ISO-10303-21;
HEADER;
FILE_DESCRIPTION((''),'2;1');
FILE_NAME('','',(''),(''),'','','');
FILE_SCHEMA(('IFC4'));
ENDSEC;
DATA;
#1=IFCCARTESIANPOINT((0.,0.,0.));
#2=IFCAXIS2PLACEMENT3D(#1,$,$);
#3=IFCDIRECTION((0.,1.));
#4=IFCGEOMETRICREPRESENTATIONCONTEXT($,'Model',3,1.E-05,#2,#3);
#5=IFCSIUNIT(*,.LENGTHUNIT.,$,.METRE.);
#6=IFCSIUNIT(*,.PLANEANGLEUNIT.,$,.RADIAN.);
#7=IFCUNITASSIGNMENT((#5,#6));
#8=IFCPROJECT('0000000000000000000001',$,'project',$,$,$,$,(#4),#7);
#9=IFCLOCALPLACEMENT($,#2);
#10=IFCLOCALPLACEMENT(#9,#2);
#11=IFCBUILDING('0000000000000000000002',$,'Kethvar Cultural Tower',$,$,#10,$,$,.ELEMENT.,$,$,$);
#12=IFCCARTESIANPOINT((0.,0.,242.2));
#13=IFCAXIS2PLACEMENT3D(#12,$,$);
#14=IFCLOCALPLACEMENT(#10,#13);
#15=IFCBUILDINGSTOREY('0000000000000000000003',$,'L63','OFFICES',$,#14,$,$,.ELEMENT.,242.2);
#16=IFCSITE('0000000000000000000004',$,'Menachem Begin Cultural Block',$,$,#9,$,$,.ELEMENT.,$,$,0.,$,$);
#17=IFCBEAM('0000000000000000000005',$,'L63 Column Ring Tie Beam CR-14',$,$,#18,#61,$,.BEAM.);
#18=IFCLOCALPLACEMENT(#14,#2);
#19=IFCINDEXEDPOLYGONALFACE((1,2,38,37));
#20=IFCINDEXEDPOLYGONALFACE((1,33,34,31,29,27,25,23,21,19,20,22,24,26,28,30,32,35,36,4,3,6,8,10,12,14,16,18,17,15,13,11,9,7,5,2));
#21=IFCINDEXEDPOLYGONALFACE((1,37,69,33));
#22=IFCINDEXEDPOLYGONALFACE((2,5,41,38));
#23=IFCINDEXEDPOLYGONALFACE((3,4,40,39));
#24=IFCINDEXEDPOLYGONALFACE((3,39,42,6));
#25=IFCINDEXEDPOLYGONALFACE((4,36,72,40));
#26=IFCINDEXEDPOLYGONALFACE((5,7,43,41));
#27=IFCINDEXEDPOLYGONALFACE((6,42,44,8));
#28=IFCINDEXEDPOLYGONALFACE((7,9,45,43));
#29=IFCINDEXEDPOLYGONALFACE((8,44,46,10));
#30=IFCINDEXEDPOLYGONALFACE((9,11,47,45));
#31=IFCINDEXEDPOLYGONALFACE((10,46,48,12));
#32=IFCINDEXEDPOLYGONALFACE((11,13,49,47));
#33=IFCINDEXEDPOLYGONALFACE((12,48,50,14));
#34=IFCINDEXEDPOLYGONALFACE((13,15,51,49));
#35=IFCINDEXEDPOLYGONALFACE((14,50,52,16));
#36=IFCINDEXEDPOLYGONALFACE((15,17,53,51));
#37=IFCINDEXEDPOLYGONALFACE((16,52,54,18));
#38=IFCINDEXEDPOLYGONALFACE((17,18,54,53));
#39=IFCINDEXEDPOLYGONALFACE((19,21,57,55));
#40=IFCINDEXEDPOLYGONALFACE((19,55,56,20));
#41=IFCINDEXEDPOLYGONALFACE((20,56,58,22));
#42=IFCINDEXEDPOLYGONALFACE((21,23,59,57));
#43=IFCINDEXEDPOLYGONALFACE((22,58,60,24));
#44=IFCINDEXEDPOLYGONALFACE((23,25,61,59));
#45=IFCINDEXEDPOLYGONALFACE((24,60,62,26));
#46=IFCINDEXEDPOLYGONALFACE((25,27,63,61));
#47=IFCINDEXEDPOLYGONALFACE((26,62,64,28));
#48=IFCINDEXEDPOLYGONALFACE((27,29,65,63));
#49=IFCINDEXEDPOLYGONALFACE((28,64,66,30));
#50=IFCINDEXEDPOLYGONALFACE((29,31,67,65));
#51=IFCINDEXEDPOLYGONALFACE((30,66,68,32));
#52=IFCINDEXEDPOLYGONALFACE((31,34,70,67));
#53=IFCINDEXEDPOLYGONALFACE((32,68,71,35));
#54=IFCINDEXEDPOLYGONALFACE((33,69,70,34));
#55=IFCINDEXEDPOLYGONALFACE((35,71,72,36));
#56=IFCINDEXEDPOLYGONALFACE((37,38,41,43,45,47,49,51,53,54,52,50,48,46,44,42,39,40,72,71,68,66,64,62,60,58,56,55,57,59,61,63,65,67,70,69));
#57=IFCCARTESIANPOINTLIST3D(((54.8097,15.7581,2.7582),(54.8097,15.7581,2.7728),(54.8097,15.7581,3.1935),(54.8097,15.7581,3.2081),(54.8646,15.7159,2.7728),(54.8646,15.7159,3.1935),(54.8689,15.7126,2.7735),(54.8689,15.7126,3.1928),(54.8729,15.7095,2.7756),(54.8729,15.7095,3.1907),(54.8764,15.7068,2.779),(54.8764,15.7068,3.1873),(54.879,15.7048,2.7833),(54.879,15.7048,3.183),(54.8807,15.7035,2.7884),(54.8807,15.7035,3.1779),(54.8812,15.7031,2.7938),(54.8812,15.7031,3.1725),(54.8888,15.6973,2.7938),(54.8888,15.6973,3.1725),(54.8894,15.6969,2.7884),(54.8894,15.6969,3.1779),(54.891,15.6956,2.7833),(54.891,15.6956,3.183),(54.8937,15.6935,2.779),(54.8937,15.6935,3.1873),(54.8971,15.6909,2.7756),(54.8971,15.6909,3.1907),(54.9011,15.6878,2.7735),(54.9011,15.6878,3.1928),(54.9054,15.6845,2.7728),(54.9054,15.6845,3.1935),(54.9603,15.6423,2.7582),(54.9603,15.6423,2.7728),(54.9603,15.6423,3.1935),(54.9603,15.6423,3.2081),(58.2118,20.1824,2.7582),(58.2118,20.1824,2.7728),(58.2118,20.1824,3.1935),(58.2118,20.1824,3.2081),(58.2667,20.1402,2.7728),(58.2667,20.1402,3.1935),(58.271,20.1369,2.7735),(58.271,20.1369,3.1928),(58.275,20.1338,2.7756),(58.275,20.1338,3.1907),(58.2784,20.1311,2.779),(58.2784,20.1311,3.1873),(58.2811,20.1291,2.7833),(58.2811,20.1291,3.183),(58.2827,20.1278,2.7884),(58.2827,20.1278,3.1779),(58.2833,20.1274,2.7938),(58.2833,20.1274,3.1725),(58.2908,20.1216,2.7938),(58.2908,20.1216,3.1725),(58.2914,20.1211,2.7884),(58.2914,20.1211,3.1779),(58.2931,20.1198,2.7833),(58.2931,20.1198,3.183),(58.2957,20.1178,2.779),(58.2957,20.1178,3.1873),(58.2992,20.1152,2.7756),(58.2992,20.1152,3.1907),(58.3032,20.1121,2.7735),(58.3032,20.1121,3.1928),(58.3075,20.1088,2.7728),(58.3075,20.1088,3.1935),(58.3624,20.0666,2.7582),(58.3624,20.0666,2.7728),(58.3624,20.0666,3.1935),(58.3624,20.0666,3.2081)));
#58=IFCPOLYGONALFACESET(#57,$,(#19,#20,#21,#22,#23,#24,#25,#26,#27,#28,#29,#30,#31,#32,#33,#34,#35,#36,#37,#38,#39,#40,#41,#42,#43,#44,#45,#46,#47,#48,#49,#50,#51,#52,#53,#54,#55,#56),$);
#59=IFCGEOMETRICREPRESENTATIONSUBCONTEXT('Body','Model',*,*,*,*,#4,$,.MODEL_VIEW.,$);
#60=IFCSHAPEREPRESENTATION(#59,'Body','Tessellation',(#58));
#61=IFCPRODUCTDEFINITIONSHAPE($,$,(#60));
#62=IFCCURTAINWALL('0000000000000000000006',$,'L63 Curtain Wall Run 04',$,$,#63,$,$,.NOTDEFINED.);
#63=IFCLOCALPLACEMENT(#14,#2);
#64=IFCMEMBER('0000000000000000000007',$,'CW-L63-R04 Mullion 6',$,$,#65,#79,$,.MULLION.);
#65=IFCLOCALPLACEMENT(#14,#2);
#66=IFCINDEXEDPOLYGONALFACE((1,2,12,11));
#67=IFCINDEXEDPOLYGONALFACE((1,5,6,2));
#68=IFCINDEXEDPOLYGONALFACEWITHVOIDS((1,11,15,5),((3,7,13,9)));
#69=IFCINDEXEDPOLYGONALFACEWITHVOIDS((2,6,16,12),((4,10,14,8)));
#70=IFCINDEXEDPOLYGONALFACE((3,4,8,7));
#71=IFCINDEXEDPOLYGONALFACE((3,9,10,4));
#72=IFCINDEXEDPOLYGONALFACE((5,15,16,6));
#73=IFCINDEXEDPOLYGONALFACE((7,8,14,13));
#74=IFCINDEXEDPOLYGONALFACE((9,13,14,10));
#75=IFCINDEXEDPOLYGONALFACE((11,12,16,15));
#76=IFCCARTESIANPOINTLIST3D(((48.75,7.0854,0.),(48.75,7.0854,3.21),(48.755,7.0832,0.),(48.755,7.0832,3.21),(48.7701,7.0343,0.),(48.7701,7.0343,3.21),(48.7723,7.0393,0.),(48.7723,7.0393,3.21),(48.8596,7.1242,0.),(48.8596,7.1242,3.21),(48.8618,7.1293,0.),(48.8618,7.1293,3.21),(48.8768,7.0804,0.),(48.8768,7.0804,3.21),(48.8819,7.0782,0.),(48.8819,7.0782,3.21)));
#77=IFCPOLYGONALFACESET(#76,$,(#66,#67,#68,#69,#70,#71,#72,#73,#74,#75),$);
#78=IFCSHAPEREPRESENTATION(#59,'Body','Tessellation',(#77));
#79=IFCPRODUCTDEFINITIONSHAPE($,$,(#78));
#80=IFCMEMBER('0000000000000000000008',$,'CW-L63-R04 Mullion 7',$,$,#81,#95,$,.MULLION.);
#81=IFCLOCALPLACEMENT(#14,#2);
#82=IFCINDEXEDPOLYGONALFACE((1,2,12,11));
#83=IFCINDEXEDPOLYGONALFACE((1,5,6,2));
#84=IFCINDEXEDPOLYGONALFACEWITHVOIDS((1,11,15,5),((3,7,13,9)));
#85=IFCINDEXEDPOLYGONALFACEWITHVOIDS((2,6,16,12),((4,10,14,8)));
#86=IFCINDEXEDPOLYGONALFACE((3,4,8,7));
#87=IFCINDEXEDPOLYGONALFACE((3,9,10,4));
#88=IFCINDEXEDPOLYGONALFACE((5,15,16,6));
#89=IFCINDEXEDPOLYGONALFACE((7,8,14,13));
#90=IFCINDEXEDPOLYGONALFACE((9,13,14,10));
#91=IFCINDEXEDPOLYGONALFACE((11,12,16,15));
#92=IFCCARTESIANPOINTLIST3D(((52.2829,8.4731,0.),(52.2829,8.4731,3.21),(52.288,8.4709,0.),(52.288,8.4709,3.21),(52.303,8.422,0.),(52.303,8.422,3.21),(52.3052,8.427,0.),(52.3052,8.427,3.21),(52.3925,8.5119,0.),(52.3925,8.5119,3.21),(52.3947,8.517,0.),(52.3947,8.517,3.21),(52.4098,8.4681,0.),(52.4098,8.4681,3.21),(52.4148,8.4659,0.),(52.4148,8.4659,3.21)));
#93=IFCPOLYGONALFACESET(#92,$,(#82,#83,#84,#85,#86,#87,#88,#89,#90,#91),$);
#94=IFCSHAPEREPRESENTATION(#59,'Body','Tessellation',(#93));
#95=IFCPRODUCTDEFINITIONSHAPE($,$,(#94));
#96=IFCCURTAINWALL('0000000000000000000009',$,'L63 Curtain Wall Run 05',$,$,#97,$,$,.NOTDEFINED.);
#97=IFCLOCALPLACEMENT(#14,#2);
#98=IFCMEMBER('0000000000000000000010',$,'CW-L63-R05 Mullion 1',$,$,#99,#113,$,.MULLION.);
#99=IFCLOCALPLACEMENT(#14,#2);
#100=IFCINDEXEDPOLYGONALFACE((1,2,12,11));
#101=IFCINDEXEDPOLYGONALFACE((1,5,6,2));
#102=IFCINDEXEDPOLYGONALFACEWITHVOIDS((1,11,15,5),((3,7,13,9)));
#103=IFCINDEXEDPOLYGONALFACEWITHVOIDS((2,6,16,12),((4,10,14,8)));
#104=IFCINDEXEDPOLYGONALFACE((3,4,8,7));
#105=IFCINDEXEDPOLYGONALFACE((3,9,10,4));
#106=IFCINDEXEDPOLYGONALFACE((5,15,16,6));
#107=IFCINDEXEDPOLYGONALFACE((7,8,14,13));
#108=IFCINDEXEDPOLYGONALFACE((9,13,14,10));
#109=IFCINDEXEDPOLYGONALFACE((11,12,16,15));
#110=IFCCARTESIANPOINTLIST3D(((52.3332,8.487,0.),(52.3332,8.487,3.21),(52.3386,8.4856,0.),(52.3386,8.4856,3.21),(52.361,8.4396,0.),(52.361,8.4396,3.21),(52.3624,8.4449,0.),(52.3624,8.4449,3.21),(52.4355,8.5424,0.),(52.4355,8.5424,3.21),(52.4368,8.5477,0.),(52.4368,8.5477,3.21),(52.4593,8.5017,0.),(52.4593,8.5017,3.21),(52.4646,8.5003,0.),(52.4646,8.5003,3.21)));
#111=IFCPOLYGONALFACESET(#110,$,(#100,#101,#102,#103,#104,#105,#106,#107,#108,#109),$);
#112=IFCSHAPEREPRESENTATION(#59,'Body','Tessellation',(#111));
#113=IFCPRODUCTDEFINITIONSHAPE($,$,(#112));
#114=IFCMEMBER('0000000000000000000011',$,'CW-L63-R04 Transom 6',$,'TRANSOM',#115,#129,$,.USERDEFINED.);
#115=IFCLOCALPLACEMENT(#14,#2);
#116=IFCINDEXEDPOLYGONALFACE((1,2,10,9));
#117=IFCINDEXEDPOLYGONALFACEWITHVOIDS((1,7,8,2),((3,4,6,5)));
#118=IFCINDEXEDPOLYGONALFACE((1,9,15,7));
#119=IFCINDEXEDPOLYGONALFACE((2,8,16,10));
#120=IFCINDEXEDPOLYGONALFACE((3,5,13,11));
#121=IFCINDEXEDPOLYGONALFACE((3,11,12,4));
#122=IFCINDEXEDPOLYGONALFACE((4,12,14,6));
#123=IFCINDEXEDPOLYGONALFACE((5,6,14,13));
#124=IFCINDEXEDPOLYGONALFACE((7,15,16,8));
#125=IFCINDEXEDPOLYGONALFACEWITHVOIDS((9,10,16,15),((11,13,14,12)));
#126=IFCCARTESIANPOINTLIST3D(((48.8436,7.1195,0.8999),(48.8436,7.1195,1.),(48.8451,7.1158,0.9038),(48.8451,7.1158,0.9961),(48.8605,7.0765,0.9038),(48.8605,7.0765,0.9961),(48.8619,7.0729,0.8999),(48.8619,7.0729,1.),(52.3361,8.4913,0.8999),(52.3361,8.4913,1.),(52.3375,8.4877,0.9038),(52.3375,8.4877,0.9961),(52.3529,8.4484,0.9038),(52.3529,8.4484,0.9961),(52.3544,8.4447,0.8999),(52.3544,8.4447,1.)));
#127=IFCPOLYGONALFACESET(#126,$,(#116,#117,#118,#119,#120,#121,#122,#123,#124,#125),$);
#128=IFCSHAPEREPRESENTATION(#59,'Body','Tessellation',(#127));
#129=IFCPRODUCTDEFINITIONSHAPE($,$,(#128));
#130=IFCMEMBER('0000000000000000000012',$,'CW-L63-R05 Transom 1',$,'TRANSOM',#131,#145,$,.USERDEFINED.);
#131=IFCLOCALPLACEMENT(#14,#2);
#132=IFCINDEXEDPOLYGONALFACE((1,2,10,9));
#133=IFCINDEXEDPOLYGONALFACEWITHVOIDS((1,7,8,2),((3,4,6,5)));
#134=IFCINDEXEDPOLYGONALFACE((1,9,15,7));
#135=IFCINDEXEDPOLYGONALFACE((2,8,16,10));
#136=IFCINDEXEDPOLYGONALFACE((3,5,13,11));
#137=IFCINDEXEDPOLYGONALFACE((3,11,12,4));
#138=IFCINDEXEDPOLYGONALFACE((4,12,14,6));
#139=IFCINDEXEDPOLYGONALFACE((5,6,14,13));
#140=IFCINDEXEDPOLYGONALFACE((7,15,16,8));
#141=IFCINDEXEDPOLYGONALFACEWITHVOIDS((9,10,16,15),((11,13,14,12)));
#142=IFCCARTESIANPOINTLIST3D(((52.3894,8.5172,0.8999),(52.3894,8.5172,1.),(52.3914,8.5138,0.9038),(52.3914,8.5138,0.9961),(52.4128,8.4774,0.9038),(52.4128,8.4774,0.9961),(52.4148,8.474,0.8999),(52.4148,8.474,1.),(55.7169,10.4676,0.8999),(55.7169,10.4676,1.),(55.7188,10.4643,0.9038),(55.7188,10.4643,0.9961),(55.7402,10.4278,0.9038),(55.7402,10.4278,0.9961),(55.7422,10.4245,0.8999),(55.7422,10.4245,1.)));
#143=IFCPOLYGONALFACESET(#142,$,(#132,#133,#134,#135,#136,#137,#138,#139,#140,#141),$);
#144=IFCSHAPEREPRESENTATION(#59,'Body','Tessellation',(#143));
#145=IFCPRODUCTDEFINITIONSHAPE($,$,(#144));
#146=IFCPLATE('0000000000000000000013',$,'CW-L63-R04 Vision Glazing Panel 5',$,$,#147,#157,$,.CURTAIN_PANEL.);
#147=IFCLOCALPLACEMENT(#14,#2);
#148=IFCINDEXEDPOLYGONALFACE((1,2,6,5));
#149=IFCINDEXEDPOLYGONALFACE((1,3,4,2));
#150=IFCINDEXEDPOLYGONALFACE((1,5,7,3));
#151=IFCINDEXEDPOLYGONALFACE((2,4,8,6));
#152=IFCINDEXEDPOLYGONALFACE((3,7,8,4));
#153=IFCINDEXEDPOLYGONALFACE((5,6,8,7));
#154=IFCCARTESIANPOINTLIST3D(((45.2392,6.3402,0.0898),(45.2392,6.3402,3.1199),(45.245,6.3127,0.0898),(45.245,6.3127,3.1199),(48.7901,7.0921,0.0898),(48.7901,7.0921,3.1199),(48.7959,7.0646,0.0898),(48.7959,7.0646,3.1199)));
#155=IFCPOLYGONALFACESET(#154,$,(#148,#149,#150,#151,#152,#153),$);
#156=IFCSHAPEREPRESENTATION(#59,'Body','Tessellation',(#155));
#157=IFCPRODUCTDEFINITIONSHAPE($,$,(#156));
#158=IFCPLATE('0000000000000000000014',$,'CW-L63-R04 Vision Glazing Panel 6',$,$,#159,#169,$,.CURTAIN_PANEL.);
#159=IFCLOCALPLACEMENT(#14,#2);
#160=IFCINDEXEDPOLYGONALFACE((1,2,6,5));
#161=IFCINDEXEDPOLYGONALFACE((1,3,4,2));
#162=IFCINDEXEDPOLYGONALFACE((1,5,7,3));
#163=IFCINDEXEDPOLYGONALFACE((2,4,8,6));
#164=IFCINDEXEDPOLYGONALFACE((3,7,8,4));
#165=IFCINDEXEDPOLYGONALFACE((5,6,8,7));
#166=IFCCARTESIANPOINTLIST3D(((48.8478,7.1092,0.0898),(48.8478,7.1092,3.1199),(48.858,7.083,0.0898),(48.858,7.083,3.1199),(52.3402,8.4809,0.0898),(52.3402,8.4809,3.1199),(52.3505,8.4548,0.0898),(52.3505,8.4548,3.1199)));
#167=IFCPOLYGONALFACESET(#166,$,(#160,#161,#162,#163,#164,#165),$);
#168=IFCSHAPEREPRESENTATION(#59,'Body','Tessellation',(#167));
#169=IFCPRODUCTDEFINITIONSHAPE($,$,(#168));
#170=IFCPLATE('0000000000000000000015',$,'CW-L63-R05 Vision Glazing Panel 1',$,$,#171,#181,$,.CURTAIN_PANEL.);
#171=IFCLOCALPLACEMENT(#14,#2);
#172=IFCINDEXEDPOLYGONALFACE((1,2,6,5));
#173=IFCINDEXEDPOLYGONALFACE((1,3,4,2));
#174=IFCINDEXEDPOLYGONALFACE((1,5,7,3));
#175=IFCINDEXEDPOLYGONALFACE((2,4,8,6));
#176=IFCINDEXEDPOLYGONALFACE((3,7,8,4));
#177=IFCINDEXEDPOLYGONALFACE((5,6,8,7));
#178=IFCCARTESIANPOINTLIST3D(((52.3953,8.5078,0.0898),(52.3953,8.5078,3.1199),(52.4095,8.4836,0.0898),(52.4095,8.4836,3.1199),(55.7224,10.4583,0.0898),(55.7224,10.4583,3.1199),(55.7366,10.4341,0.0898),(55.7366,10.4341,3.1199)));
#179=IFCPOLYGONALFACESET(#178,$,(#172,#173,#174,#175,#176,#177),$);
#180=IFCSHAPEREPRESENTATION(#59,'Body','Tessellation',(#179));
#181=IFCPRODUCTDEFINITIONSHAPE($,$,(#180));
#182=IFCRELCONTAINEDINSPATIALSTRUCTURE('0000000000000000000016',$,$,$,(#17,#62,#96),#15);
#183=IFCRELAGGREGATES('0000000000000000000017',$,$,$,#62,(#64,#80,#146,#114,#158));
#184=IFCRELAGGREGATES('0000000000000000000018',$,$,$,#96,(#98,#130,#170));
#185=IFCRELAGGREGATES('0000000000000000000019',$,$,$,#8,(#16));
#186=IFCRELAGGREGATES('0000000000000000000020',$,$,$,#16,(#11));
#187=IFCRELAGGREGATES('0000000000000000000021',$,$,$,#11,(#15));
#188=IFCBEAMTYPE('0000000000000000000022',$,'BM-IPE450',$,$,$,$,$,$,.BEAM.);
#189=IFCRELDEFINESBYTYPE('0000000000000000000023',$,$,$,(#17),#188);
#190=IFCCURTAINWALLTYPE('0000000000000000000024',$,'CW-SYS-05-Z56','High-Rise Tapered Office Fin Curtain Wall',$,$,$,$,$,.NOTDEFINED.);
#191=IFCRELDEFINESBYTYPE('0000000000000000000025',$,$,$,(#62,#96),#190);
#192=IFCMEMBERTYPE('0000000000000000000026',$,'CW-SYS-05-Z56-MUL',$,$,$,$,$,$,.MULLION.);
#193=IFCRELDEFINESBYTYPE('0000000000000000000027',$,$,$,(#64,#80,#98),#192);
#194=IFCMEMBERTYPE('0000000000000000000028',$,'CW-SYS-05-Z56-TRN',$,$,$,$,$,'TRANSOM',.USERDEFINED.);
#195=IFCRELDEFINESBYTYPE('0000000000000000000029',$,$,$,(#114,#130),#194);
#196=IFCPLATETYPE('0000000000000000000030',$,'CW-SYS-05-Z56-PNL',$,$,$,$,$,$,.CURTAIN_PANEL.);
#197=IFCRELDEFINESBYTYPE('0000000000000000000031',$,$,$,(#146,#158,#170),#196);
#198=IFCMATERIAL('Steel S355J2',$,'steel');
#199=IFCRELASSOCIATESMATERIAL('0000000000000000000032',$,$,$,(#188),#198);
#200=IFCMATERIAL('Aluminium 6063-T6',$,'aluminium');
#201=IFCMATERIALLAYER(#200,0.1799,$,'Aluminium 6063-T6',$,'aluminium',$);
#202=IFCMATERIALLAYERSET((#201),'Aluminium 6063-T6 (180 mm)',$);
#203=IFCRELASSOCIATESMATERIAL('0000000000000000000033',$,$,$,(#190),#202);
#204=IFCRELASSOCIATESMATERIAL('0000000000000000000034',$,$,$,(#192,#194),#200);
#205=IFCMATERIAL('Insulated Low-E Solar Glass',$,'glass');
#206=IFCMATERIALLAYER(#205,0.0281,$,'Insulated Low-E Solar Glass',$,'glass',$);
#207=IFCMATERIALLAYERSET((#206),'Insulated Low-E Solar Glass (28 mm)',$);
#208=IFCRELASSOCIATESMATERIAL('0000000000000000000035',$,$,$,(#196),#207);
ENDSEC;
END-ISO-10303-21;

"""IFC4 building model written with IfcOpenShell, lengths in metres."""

from ifc_helpers import new_model, si_unit, direction, frame, origin, origin_2d, place, context, subcontext, project, spatial, rectangle, hollow_rectangle, i_section, extrude, source, transform, mapped, material, layer, layer_set, material_profile, profile_set, type_object, element, aggregate, save


model = new_model("IFC4")

# Units and contexts
model_context = context("Model", 3, precision=1e-05, world=origin(), true_north=direction((0.0, 1.0)))
body_context = subcontext(model_context, "Body", "Model", "MODEL_VIEW")
ifc_project = project(units=[si_unit("LENGTHUNIT", "METRE"), si_unit("PLANEANGLEUNIT", "RADIAN")], contexts=[model_context])

# Site, building, storey
site_placement = place(None, origin())
site = spatial("IfcSite", under=ifc_project, at=site_placement, Name="Menachem Begin Cultural Block", CompositionType="ELEMENT", RefElevation=0.0)
building_placement = place(site_placement, origin())
building = spatial("IfcBuilding", under=site, at=building_placement, Name="Kethvar Cultural Tower", CompositionType="ELEMENT")
storey_placement = place(building_placement, frame((0.0, 0.0, 242.2)))
storey = spatial("IfcBuildingStorey", under=building, at=storey_placement, Name="L63", Description="OFFICES", CompositionType="ELEMENT", Elevation=242.2)

# Beam
ifc_material_1 = material(Name="Steel S355J2", Category="steel")
ifc_material_profile_1 = material_profile(ifc_material_1, i_section(OverallWidth=0.1899, OverallDepth=0.45, WebThickness=0.0095, FlangeThickness=0.0146, FilletRadius=0.021, at=origin_2d()), Name="Steel S355J2 — IPE450")
ifc_profile_set_1 = profile_set([ifc_material_profile_1], Name="Steel S355J2 — IPE450")
beam_type_1 = type_object("IfcBeamType", Name="BM-IPE450", PredefinedType="BEAM", material=ifc_profile_set_1)
shared_shape_1 = source(origin(), body_context, "Body", "SweptSolid", [
    extrude(i_section(OverallWidth=0.1899, OverallDepth=0.45, WebThickness=0.0095, FlangeThickness=0.0146, FilletRadius=0.021, at=origin_2d()), origin(), (0.0, 0.0, 1.0), 5.5811),
])
beam_1_placement = place(storey_placement, frame((54.885, 15.7002, 2.9832), z_axis=(0.609573, 0.79273, 0.0), x_axis=(-0.79273, 0.609573, 0.0)))
element("IfcBeam", 1, at=beam_1_placement, inside=storey, type_object=beam_type_1, Name="L63 Column Ring Tie Beam CR-14", PredefinedType="BEAM", context=body_context, shape_type="MappedRepresentation", body=[
    mapped(shared_shape_1, transform((0.0, 0.0, 0.0), scale=1.0)),
])

# Curtain wall, members
ifc_material_2 = material(Name="Aluminium 6063-T6", Category="aluminium")
ifc_layer_1 = layer(ifc_material_2, 0.1799, Name="Aluminium 6063-T6", Category="aluminium")
ifc_layer_set_1 = layer_set([ifc_layer_1], Name="Aluminium 6063-T6 (180 mm)")
curtain_wall_type = type_object("IfcCurtainWallType", Name="CW-SYS-05-Z56", Description="High-Rise Tapered Office Fin Curtain Wall", PredefinedType="NOTDEFINED", material=ifc_layer_set_1)
curtain_wall_1_placement = place(storey_placement, origin())
curtain_wall_1 = element("IfcCurtainWall", 2, at=curtain_wall_1_placement, inside=storey, type_object=curtain_wall_type, Name="L63 Curtain Wall Run 04", PredefinedType="NOTDEFINED")
ifc_material_profile_2 = material_profile(ifc_material_2, hollow_rectangle(XDim=0.0549, YDim=0.1201, WallThickness=0.0039, at=origin_2d()), Name="Aluminium 6063-T6 — RHS120x55x4")
ifc_profile_set_2 = profile_set([ifc_material_profile_2], Name="Aluminium 6063-T6 — RHS120x55x4")
member_type_1 = type_object("IfcMemberType", Name="CW-SYS-05-Z56-MUL", PredefinedType="MULLION", material=ifc_profile_set_2)
shared_shape_2 = source(origin(), body_context, "Body", "SweptSolid", [
    extrude(hollow_rectangle(XDim=0.0549, YDim=0.1201, WallThickness=0.0039, at=origin_2d()), origin(), (0.0, 0.0, 1.0), 3.21),
])
member_1_placement = place(storey_placement, frame((48.8159, 7.0818, 0.0), z_axis=(0.0, 0.0, 1.0), x_axis=(-0.365592, 0.930775, 0.0)))
member_1 = element("IfcMember", 3, at=member_1_placement, type_object=member_type_1, Name="CW-L63-R04 Mullion 6", PredefinedType="MULLION", context=body_context, shape_type="MappedRepresentation", body=[
    mapped(shared_shape_2, transform((0.0, 0.0, 0.0), scale=1.0)),
])
member_2_placement = place(storey_placement, frame((52.3489, 8.4695, 0.0), z_axis=(0.0, 0.0, 1.0), x_axis=(-0.365592, 0.930775, 0.0)))
member_2 = element("IfcMember", 4, at=member_2_placement, type_object=member_type_1, Name="CW-L63-R04 Mullion 7", PredefinedType="MULLION", context=body_context, shape_type="MappedRepresentation", body=[
    mapped(shared_shape_2, transform((0.0, 0.0, 0.0), scale=1.0)),
])

# Curtain wall, member
curtain_wall_2_placement = place(storey_placement, origin())
curtain_wall_2 = element("IfcCurtainWall", 5, at=curtain_wall_2_placement, inside=storey, type_object=curtain_wall_type, Name="L63 Curtain Wall Run 05", PredefinedType="NOTDEFINED")
member_3_placement = place(storey_placement, frame((52.3989, 8.4937, 0.0), z_axis=(0.0, 0.0, 1.0), x_axis=(-0.505733, 0.86269, 0.0)))
member_3 = element("IfcMember", 6, at=member_3_placement, type_object=member_type_1, Name="CW-L63-R05 Mullion 1", PredefinedType="MULLION", context=body_context, shape_type="MappedRepresentation", body=[
    mapped(shared_shape_2, transform((0.0, 0.0, 0.0), scale=1.0)),
])

# Members
ifc_material_profile_3 = material_profile(ifc_material_2, hollow_rectangle(XDim=0.05, YDim=0.1001, WallThickness=0.0039, at=origin_2d()), Name="Aluminium 6063-T6 — RHS100x50x4")
ifc_profile_set_3 = profile_set([ifc_material_profile_3], Name="Aluminium 6063-T6 — RHS100x50x4")
member_type_2 = type_object("IfcMemberType", Name="CW-SYS-05-Z56-TRN", ElementType="TRANSOM", PredefinedType="USERDEFINED", material=ifc_profile_set_3)
shared_shape_3 = source(origin(), body_context, "Body", "SweptSolid", [
    extrude(hollow_rectangle(XDim=0.05, YDim=0.1001, WallThickness=0.0039, at=origin_2d()), origin(), (0.0, 0.0, 1.0), 3.7522),
])
member_4_placement = place(storey_placement, frame((48.8528, 7.0962, 0.95), z_axis=(0.93077, 0.365606, 0.0), x_axis=(-0.365606, 0.93077, 0.0)))
member_4 = element("IfcMember", 7, at=member_4_placement, type_object=member_type_2, Name="CW-L63-R04 Transom 6", ObjectType="TRANSOM", PredefinedType="USERDEFINED", context=body_context, shape_type="MappedRepresentation", body=[
    mapped(shared_shape_3, transform((0.0, 0.0, 0.0), scale=1.0)),
])
shared_shape_4 = source(origin(), body_context, "Body", "SweptSolid", [
    extrude(hollow_rectangle(XDim=0.05, YDim=0.1001, WallThickness=0.0039, at=origin_2d()), origin(), (0.0, 0.0, 1.0), 3.8569),
])
member_5_placement = place(storey_placement, frame((52.4021, 8.4956, 0.95), z_axis=(0.862709, 0.5057, 0.0), x_axis=(-0.5057, 0.862709, 0.0)))
member_5 = element("IfcMember", 8, at=member_5_placement, type_object=member_type_2, Name="CW-L63-R05 Transom 1", ObjectType="TRANSOM", PredefinedType="USERDEFINED", context=body_context, shape_type="MappedRepresentation", body=[
    mapped(shared_shape_4, transform((0.0, 0.0, 0.0), scale=1.0)),
])

# Plates
ifc_material_3 = material(Name="Insulated Low-E Solar Glass", Category="glass")
ifc_layer_2 = layer(ifc_material_3, 0.0281, Name="Insulated Low-E Solar Glass", Category="glass")
ifc_layer_set_2 = layer_set([ifc_layer_2], Name="Insulated Low-E Solar Glass (28 mm)")
plate_type = type_object("IfcPlateType", Name="CW-SYS-05-Z56-PNL", PredefinedType="CURTAIN_PANEL", material=ifc_layer_set_2)
shared_shape_5 = source(origin(), body_context, "Body", "SweptSolid", [
    extrude(rectangle(XDim=3.6296, YDim=0.0281, at=origin_2d()), origin(), (0.0, 0.0, 1.0), 3.03),
])
plate_1_placement = place(storey_placement, frame((47.0176, 6.7024, 0.0898), z_axis=(0.0, 0.0, 1.0), x_axis=(0.978311, 0.207143, 0.0)))
plate_1 = element("IfcPlate", 9, at=plate_1_placement, type_object=plate_type, Name="CW-L63-R04 Vision Glazing Panel 5", PredefinedType="CURTAIN_PANEL", context=body_context, shape_type="MappedRepresentation", body=[
    mapped(shared_shape_5, transform((0.0, 0.0, 0.0), scale=1.0)),
])
shared_shape_6 = source(origin(), body_context, "Body", "SweptSolid", [
    extrude(rectangle(XDim=3.7522, YDim=0.0281, at=origin_2d()), origin(), (0.0, 0.0, 1.0), 3.03),
])
plate_2_placement = place(storey_placement, frame((50.5991, 7.782, 0.0898), z_axis=(0.0, 0.0, 1.0), x_axis=(0.930775, 0.365592, 0.0)))
plate_2 = element("IfcPlate", 10, at=plate_2_placement, type_object=plate_type, Name="CW-L63-R04 Vision Glazing Panel 6", PredefinedType="CURTAIN_PANEL", context=body_context, shape_type="MappedRepresentation", body=[
    mapped(shared_shape_6, transform((0.0, 0.0, 0.0), scale=1.0)),
])
aggregate(curtain_wall_1, [member_1, member_2, plate_1, member_4, plate_2])
shared_shape_7 = source(origin(), body_context, "Body", "SweptSolid", [
    extrude(rectangle(XDim=3.8567, YDim=0.0281, at=origin_2d()), origin(), (0.0, 0.0, 1.0), 3.03),
])
plate_3_placement = place(storey_placement, frame((54.0659, 9.4709, 0.0898), z_axis=(0.0, 0.0, 1.0), x_axis=(0.86269, 0.505733, 0.0)))
plate_3 = element("IfcPlate", 11, at=plate_3_placement, type_object=plate_type, Name="CW-L63-R05 Vision Glazing Panel 1", PredefinedType="CURTAIN_PANEL", context=body_context, shape_type="MappedRepresentation", body=[
    mapped(shared_shape_7, transform((0.0, 0.0, 0.0), scale=1.0)),
])
aggregate(curtain_wall_2, [member_3, member_5, plate_3])

save(model, "model.ifc")
